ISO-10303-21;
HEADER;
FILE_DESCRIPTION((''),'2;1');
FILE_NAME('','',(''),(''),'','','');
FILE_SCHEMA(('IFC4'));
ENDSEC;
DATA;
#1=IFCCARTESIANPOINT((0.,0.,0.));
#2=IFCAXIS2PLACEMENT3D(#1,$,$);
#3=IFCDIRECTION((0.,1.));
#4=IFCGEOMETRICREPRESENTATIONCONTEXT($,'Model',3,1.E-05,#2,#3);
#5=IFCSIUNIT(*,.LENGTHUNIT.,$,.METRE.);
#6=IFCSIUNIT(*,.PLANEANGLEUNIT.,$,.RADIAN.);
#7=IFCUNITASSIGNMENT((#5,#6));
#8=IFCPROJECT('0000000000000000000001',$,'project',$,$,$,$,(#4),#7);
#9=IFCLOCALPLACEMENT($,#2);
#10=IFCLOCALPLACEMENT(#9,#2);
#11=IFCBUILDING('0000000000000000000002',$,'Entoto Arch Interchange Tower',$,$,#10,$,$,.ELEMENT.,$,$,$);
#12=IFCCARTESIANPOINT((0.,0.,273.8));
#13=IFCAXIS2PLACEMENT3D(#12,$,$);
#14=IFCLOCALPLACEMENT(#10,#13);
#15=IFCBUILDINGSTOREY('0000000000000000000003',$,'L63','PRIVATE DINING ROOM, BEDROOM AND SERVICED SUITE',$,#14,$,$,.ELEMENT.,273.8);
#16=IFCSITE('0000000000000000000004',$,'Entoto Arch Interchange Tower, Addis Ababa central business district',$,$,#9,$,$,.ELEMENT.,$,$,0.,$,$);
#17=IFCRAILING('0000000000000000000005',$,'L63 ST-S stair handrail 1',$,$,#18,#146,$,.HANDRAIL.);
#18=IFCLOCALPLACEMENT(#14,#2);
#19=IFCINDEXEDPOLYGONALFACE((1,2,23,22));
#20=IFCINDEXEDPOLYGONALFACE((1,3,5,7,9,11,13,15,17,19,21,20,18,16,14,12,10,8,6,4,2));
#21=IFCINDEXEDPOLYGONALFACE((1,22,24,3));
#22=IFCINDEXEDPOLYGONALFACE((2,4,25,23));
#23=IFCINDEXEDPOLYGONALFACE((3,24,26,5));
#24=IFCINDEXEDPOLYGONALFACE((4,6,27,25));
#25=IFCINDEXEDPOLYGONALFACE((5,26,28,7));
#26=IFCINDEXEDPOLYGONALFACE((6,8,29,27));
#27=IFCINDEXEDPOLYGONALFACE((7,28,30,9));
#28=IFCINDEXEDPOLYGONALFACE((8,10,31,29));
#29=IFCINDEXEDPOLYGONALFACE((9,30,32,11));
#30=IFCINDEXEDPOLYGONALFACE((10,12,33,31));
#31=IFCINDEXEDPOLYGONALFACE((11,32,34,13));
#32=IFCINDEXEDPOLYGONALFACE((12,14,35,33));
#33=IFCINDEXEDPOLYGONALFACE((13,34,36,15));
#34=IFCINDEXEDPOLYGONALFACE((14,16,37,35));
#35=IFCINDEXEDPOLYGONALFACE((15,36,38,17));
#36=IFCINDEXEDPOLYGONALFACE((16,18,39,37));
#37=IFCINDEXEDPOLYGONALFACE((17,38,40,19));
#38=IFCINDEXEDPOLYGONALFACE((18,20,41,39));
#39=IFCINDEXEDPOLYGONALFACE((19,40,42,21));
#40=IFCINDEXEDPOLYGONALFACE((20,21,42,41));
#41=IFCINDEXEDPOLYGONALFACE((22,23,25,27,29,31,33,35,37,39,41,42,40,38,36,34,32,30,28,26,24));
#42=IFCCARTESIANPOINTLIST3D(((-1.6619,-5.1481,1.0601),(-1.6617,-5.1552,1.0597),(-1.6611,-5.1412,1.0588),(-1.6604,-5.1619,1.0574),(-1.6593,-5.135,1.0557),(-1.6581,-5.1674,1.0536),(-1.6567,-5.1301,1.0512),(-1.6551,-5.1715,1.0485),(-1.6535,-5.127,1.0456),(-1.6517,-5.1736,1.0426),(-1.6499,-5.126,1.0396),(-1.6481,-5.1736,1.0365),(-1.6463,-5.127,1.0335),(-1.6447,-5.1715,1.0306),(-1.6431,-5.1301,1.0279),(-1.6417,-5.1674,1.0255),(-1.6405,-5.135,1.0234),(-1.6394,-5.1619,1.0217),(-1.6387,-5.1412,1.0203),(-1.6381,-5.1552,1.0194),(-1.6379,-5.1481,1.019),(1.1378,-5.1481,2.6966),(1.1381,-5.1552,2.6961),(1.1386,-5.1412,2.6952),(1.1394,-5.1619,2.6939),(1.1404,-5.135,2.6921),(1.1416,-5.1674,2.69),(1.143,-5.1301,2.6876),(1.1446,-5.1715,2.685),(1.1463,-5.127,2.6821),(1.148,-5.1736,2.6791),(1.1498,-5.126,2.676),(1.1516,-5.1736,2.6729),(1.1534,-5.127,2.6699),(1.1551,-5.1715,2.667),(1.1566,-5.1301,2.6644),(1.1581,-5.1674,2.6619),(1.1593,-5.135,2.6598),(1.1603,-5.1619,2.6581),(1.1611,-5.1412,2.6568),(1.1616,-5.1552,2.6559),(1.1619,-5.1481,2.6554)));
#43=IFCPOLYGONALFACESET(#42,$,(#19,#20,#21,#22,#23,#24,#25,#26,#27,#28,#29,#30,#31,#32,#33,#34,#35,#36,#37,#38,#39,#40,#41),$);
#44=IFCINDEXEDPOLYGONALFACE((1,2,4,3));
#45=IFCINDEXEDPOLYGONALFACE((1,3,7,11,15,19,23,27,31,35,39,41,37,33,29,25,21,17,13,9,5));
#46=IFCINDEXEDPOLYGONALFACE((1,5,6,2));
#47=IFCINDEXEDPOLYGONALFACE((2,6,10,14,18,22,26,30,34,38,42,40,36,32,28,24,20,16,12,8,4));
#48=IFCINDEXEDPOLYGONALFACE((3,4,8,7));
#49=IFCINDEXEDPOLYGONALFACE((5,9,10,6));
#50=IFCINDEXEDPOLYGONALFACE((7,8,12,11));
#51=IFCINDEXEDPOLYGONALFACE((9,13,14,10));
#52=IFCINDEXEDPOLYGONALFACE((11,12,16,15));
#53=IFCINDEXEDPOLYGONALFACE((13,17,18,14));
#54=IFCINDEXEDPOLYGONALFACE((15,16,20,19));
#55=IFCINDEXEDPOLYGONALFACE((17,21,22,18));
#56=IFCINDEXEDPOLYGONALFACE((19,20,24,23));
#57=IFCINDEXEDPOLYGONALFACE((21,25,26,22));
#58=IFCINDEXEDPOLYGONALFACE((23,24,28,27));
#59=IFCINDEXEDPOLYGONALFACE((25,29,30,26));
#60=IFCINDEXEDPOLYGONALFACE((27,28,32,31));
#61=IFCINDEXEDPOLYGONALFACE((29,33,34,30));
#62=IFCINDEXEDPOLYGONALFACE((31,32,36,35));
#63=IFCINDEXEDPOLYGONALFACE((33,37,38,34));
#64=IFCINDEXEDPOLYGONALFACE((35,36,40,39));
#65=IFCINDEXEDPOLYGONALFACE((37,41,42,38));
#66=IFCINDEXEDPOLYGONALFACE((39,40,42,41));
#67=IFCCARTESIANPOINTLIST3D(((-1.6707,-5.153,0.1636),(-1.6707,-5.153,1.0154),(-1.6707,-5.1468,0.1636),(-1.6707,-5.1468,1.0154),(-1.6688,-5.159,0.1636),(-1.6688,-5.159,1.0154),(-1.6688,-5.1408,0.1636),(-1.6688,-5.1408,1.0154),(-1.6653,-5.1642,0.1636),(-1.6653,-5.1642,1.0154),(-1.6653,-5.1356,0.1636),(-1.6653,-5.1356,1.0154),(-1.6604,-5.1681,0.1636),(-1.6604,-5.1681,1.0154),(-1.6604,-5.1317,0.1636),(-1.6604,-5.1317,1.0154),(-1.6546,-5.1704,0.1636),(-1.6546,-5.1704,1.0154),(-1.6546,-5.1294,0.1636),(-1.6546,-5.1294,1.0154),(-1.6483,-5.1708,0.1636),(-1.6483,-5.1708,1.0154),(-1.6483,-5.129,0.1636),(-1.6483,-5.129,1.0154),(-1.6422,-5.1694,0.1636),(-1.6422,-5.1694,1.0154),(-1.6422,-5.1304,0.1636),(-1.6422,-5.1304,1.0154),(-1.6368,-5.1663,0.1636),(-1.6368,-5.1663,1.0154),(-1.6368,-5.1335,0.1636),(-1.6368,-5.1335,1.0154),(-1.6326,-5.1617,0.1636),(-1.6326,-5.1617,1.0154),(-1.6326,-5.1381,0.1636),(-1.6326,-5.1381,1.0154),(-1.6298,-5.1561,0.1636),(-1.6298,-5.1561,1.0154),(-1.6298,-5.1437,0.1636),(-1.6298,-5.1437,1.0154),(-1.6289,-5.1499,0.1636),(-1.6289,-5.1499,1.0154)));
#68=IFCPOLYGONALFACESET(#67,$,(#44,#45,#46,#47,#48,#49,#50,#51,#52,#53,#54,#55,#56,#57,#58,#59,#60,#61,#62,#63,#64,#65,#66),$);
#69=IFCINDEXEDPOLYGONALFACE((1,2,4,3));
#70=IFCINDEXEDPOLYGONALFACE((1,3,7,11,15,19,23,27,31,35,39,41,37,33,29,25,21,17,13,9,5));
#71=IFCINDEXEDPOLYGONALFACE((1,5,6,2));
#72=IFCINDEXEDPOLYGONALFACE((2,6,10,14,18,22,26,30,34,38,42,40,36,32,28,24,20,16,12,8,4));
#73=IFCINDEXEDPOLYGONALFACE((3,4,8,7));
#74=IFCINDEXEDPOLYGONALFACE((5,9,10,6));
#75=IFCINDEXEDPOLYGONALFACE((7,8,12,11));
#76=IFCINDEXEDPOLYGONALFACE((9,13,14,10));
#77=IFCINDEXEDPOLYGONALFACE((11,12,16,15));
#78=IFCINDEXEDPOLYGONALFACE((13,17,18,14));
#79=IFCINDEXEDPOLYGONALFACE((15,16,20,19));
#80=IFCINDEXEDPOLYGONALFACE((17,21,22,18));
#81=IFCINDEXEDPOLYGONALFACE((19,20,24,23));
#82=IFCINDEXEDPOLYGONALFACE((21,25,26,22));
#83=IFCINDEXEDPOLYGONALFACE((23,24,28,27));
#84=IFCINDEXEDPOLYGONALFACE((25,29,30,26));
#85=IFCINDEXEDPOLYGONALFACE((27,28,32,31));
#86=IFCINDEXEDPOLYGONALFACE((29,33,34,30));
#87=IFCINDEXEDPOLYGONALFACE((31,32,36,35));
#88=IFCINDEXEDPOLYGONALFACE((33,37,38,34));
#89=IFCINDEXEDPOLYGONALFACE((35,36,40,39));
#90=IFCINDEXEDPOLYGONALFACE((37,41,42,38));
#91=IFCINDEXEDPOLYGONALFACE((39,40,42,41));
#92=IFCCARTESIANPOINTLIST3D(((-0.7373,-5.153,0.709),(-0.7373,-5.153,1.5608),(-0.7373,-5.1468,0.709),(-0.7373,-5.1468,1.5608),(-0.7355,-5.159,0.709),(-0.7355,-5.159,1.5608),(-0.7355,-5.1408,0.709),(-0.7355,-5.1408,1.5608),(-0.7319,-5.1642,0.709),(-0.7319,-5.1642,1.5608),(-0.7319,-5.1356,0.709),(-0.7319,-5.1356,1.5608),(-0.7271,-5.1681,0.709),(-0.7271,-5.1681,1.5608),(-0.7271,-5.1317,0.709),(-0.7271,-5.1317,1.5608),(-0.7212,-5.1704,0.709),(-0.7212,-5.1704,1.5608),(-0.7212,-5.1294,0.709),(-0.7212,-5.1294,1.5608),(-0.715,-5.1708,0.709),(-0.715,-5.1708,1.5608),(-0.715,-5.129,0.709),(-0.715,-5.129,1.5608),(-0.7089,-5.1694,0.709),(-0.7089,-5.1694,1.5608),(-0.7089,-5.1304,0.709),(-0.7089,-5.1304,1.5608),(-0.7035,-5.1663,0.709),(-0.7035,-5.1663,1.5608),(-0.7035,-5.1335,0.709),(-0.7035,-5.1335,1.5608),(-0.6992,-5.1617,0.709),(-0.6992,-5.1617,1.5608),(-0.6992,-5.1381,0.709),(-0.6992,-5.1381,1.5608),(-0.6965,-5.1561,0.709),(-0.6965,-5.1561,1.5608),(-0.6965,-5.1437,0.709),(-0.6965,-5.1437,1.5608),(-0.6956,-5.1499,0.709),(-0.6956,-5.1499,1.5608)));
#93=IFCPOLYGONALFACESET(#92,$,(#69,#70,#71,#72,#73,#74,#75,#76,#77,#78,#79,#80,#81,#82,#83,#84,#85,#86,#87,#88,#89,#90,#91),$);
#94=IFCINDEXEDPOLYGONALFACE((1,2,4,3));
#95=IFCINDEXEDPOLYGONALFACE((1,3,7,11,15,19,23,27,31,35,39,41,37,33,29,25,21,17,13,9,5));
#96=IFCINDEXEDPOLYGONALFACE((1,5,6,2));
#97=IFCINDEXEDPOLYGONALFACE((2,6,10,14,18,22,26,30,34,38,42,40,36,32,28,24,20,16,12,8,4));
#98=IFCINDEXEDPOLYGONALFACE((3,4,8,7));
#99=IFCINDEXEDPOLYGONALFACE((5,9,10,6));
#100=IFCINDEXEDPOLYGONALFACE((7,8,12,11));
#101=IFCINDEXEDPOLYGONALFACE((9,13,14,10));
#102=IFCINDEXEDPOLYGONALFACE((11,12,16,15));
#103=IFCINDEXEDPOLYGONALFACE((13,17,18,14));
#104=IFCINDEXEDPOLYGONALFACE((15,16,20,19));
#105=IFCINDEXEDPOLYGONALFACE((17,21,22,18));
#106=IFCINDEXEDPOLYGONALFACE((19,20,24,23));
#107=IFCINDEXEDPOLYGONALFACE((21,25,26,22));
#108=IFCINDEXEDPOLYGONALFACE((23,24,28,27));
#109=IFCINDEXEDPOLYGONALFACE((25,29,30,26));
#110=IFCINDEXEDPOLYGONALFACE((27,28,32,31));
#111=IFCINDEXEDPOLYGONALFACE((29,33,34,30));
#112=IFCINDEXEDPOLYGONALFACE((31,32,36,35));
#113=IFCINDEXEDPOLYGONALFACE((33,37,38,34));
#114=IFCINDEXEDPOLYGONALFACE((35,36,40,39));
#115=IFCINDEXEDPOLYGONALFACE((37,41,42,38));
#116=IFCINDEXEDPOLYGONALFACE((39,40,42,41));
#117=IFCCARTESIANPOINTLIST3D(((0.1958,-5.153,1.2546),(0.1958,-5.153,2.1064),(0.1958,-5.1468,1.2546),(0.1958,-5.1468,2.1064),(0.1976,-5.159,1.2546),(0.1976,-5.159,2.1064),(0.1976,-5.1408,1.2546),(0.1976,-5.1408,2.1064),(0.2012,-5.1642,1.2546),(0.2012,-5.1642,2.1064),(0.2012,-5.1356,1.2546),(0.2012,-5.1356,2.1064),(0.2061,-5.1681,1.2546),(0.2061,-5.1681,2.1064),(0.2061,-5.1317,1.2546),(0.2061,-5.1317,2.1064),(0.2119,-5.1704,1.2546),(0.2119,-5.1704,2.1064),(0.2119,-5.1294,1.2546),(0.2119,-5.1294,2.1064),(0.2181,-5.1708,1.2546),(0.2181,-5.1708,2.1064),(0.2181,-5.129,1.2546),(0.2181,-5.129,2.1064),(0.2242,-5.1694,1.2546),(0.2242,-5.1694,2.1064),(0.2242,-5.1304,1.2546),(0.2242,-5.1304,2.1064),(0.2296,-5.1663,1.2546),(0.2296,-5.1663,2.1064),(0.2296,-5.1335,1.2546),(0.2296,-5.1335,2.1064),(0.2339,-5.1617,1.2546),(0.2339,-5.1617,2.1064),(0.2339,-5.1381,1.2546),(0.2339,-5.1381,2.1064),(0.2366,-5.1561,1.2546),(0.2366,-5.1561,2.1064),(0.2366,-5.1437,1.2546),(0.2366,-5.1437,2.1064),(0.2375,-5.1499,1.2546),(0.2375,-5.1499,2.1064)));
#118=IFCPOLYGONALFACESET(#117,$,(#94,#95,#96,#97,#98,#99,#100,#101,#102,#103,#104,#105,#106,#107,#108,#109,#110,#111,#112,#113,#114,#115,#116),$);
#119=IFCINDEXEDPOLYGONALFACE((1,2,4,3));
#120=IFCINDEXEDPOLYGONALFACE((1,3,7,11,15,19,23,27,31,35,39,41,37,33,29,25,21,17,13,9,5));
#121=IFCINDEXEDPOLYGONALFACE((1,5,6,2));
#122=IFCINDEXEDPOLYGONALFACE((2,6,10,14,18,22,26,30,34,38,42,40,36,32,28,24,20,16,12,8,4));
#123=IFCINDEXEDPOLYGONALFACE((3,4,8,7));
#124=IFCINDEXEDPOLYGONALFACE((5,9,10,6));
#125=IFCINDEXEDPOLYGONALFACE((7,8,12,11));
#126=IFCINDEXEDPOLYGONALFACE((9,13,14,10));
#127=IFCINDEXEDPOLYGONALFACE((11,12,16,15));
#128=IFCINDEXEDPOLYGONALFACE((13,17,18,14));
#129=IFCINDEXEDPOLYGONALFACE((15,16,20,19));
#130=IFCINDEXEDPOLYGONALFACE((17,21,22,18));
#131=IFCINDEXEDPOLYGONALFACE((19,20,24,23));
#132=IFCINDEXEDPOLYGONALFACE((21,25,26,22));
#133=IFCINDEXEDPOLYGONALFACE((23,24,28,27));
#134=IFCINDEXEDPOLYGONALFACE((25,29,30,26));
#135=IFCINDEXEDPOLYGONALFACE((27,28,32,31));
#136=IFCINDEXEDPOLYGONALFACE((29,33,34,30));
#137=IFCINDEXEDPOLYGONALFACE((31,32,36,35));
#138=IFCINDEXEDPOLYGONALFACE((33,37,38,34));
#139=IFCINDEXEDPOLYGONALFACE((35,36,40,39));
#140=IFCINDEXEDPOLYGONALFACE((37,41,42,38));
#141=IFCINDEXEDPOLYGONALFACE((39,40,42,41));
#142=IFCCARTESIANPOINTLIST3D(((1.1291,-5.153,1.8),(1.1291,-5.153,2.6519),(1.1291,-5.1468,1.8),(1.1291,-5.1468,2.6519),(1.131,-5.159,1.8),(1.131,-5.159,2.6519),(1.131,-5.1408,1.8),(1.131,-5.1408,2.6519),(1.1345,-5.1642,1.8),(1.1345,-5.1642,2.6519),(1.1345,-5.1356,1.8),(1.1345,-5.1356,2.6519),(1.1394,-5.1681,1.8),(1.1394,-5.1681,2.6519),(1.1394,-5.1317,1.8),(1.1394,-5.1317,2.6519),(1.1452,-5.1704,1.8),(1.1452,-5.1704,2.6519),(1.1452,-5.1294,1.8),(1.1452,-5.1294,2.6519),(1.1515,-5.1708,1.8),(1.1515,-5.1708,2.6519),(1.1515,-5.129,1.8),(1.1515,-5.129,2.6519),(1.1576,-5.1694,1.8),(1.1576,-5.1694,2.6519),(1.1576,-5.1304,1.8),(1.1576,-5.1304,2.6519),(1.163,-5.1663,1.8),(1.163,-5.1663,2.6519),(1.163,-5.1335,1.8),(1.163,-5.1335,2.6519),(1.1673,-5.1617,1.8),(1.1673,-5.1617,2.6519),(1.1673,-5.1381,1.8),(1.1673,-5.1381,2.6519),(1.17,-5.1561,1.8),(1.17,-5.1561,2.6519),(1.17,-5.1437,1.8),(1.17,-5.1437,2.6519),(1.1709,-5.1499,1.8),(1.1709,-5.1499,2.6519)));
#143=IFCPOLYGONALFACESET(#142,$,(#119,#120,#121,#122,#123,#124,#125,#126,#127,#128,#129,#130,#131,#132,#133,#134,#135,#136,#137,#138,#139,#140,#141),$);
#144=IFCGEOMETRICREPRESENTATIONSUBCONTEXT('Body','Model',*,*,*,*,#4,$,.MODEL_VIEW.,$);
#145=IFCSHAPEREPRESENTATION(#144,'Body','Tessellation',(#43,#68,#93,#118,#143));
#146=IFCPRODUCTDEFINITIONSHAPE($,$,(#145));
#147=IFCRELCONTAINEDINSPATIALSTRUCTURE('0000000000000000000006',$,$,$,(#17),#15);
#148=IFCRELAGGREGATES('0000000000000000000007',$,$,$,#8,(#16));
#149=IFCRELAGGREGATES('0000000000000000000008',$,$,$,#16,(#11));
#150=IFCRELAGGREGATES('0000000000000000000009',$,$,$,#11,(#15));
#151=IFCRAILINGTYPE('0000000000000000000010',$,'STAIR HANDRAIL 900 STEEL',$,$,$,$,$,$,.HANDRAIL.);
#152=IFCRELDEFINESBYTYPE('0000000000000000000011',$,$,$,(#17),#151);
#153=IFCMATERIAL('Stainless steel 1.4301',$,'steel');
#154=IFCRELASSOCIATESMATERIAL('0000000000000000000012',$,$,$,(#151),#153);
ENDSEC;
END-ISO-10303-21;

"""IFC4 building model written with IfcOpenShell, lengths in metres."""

from ifc_helpers import new_model, si_unit, direction, frame, origin, origin_2d, place, context, subcontext, project, spatial, circle, extrude, material, type_object, element, save


model = new_model("IFC4")

# Units and contexts
model_context = context("Model", 3, precision=1e-05, world=origin(), true_north=direction((0.0, 1.0)))
body_context = subcontext(model_context, "Body", "Model", "MODEL_VIEW")
ifc_project = project(units=[si_unit("LENGTHUNIT", "METRE"), si_unit("PLANEANGLEUNIT", "RADIAN")], contexts=[model_context])

# Site, building, storey
site_placement = place(None, origin())
site = spatial("IfcSite", under=ifc_project, at=site_placement, Name="Entoto Arch Interchange Tower, Addis Ababa central business district", CompositionType="ELEMENT", RefElevation=0.0)
building_placement = place(site_placement, origin())
building = spatial("IfcBuilding", under=site, at=building_placement, Name="Entoto Arch Interchange Tower", CompositionType="ELEMENT")
storey_placement = place(building_placement, frame((0.0, 0.0, 273.8)))
storey = spatial("IfcBuildingStorey", under=building, at=storey_placement, Name="L63", Description="PRIVATE DINING ROOM, BEDROOM AND SERVICED SUITE", CompositionType="ELEMENT", Elevation=273.8)

# Railing
ifc_material_1 = material(Name="Stainless steel 1.4301", Category="steel")
railing_type_1 = type_object("IfcRailingType", Name="STAIR HANDRAIL 900 STEEL", PredefinedType="HANDRAIL", material=ifc_material_1)
railing_1_placement = place(storey_placement, frame((-1.6499, -5.1499, 0.1636)))
element("IfcRailing", 1, at=railing_1_placement, inside=storey, type_object=railing_type_1, Name="L63 ST-S stair handrail 1", PredefinedType="HANDRAIL", context=body_context, shape_type="SweptSolid", body=[
    extrude(circle(Radius=0.0239, at=origin_2d()), frame((0.0, 0.0, 0.876), z_axis=(0.863342, 0.0, 0.50462), x_axis=(0.0, 1.0, 0.0)), (0.0, 0.0, 1.0), 3.2429),
    extrude(circle(Radius=0.021, at=origin_2d()), origin(), (0.0, 0.0, 1.0), 0.8518),
    extrude(circle(Radius=0.021, at=origin_2d()), frame((0.9333, 0.0, 0.5454)), (0.0, 0.0, 1.0), 0.8518),
    extrude(circle(Radius=0.021, at=origin_2d()), frame((1.8665, 0.0, 1.0911)), (0.0, 0.0, 1.0), 0.8518),
    extrude(circle(Radius=0.021, at=origin_2d()), frame((2.7998, 0.0, 1.6365)), (0.0, 0.0, 1.0), 0.8518),
])

save(model, "model.ifc")
